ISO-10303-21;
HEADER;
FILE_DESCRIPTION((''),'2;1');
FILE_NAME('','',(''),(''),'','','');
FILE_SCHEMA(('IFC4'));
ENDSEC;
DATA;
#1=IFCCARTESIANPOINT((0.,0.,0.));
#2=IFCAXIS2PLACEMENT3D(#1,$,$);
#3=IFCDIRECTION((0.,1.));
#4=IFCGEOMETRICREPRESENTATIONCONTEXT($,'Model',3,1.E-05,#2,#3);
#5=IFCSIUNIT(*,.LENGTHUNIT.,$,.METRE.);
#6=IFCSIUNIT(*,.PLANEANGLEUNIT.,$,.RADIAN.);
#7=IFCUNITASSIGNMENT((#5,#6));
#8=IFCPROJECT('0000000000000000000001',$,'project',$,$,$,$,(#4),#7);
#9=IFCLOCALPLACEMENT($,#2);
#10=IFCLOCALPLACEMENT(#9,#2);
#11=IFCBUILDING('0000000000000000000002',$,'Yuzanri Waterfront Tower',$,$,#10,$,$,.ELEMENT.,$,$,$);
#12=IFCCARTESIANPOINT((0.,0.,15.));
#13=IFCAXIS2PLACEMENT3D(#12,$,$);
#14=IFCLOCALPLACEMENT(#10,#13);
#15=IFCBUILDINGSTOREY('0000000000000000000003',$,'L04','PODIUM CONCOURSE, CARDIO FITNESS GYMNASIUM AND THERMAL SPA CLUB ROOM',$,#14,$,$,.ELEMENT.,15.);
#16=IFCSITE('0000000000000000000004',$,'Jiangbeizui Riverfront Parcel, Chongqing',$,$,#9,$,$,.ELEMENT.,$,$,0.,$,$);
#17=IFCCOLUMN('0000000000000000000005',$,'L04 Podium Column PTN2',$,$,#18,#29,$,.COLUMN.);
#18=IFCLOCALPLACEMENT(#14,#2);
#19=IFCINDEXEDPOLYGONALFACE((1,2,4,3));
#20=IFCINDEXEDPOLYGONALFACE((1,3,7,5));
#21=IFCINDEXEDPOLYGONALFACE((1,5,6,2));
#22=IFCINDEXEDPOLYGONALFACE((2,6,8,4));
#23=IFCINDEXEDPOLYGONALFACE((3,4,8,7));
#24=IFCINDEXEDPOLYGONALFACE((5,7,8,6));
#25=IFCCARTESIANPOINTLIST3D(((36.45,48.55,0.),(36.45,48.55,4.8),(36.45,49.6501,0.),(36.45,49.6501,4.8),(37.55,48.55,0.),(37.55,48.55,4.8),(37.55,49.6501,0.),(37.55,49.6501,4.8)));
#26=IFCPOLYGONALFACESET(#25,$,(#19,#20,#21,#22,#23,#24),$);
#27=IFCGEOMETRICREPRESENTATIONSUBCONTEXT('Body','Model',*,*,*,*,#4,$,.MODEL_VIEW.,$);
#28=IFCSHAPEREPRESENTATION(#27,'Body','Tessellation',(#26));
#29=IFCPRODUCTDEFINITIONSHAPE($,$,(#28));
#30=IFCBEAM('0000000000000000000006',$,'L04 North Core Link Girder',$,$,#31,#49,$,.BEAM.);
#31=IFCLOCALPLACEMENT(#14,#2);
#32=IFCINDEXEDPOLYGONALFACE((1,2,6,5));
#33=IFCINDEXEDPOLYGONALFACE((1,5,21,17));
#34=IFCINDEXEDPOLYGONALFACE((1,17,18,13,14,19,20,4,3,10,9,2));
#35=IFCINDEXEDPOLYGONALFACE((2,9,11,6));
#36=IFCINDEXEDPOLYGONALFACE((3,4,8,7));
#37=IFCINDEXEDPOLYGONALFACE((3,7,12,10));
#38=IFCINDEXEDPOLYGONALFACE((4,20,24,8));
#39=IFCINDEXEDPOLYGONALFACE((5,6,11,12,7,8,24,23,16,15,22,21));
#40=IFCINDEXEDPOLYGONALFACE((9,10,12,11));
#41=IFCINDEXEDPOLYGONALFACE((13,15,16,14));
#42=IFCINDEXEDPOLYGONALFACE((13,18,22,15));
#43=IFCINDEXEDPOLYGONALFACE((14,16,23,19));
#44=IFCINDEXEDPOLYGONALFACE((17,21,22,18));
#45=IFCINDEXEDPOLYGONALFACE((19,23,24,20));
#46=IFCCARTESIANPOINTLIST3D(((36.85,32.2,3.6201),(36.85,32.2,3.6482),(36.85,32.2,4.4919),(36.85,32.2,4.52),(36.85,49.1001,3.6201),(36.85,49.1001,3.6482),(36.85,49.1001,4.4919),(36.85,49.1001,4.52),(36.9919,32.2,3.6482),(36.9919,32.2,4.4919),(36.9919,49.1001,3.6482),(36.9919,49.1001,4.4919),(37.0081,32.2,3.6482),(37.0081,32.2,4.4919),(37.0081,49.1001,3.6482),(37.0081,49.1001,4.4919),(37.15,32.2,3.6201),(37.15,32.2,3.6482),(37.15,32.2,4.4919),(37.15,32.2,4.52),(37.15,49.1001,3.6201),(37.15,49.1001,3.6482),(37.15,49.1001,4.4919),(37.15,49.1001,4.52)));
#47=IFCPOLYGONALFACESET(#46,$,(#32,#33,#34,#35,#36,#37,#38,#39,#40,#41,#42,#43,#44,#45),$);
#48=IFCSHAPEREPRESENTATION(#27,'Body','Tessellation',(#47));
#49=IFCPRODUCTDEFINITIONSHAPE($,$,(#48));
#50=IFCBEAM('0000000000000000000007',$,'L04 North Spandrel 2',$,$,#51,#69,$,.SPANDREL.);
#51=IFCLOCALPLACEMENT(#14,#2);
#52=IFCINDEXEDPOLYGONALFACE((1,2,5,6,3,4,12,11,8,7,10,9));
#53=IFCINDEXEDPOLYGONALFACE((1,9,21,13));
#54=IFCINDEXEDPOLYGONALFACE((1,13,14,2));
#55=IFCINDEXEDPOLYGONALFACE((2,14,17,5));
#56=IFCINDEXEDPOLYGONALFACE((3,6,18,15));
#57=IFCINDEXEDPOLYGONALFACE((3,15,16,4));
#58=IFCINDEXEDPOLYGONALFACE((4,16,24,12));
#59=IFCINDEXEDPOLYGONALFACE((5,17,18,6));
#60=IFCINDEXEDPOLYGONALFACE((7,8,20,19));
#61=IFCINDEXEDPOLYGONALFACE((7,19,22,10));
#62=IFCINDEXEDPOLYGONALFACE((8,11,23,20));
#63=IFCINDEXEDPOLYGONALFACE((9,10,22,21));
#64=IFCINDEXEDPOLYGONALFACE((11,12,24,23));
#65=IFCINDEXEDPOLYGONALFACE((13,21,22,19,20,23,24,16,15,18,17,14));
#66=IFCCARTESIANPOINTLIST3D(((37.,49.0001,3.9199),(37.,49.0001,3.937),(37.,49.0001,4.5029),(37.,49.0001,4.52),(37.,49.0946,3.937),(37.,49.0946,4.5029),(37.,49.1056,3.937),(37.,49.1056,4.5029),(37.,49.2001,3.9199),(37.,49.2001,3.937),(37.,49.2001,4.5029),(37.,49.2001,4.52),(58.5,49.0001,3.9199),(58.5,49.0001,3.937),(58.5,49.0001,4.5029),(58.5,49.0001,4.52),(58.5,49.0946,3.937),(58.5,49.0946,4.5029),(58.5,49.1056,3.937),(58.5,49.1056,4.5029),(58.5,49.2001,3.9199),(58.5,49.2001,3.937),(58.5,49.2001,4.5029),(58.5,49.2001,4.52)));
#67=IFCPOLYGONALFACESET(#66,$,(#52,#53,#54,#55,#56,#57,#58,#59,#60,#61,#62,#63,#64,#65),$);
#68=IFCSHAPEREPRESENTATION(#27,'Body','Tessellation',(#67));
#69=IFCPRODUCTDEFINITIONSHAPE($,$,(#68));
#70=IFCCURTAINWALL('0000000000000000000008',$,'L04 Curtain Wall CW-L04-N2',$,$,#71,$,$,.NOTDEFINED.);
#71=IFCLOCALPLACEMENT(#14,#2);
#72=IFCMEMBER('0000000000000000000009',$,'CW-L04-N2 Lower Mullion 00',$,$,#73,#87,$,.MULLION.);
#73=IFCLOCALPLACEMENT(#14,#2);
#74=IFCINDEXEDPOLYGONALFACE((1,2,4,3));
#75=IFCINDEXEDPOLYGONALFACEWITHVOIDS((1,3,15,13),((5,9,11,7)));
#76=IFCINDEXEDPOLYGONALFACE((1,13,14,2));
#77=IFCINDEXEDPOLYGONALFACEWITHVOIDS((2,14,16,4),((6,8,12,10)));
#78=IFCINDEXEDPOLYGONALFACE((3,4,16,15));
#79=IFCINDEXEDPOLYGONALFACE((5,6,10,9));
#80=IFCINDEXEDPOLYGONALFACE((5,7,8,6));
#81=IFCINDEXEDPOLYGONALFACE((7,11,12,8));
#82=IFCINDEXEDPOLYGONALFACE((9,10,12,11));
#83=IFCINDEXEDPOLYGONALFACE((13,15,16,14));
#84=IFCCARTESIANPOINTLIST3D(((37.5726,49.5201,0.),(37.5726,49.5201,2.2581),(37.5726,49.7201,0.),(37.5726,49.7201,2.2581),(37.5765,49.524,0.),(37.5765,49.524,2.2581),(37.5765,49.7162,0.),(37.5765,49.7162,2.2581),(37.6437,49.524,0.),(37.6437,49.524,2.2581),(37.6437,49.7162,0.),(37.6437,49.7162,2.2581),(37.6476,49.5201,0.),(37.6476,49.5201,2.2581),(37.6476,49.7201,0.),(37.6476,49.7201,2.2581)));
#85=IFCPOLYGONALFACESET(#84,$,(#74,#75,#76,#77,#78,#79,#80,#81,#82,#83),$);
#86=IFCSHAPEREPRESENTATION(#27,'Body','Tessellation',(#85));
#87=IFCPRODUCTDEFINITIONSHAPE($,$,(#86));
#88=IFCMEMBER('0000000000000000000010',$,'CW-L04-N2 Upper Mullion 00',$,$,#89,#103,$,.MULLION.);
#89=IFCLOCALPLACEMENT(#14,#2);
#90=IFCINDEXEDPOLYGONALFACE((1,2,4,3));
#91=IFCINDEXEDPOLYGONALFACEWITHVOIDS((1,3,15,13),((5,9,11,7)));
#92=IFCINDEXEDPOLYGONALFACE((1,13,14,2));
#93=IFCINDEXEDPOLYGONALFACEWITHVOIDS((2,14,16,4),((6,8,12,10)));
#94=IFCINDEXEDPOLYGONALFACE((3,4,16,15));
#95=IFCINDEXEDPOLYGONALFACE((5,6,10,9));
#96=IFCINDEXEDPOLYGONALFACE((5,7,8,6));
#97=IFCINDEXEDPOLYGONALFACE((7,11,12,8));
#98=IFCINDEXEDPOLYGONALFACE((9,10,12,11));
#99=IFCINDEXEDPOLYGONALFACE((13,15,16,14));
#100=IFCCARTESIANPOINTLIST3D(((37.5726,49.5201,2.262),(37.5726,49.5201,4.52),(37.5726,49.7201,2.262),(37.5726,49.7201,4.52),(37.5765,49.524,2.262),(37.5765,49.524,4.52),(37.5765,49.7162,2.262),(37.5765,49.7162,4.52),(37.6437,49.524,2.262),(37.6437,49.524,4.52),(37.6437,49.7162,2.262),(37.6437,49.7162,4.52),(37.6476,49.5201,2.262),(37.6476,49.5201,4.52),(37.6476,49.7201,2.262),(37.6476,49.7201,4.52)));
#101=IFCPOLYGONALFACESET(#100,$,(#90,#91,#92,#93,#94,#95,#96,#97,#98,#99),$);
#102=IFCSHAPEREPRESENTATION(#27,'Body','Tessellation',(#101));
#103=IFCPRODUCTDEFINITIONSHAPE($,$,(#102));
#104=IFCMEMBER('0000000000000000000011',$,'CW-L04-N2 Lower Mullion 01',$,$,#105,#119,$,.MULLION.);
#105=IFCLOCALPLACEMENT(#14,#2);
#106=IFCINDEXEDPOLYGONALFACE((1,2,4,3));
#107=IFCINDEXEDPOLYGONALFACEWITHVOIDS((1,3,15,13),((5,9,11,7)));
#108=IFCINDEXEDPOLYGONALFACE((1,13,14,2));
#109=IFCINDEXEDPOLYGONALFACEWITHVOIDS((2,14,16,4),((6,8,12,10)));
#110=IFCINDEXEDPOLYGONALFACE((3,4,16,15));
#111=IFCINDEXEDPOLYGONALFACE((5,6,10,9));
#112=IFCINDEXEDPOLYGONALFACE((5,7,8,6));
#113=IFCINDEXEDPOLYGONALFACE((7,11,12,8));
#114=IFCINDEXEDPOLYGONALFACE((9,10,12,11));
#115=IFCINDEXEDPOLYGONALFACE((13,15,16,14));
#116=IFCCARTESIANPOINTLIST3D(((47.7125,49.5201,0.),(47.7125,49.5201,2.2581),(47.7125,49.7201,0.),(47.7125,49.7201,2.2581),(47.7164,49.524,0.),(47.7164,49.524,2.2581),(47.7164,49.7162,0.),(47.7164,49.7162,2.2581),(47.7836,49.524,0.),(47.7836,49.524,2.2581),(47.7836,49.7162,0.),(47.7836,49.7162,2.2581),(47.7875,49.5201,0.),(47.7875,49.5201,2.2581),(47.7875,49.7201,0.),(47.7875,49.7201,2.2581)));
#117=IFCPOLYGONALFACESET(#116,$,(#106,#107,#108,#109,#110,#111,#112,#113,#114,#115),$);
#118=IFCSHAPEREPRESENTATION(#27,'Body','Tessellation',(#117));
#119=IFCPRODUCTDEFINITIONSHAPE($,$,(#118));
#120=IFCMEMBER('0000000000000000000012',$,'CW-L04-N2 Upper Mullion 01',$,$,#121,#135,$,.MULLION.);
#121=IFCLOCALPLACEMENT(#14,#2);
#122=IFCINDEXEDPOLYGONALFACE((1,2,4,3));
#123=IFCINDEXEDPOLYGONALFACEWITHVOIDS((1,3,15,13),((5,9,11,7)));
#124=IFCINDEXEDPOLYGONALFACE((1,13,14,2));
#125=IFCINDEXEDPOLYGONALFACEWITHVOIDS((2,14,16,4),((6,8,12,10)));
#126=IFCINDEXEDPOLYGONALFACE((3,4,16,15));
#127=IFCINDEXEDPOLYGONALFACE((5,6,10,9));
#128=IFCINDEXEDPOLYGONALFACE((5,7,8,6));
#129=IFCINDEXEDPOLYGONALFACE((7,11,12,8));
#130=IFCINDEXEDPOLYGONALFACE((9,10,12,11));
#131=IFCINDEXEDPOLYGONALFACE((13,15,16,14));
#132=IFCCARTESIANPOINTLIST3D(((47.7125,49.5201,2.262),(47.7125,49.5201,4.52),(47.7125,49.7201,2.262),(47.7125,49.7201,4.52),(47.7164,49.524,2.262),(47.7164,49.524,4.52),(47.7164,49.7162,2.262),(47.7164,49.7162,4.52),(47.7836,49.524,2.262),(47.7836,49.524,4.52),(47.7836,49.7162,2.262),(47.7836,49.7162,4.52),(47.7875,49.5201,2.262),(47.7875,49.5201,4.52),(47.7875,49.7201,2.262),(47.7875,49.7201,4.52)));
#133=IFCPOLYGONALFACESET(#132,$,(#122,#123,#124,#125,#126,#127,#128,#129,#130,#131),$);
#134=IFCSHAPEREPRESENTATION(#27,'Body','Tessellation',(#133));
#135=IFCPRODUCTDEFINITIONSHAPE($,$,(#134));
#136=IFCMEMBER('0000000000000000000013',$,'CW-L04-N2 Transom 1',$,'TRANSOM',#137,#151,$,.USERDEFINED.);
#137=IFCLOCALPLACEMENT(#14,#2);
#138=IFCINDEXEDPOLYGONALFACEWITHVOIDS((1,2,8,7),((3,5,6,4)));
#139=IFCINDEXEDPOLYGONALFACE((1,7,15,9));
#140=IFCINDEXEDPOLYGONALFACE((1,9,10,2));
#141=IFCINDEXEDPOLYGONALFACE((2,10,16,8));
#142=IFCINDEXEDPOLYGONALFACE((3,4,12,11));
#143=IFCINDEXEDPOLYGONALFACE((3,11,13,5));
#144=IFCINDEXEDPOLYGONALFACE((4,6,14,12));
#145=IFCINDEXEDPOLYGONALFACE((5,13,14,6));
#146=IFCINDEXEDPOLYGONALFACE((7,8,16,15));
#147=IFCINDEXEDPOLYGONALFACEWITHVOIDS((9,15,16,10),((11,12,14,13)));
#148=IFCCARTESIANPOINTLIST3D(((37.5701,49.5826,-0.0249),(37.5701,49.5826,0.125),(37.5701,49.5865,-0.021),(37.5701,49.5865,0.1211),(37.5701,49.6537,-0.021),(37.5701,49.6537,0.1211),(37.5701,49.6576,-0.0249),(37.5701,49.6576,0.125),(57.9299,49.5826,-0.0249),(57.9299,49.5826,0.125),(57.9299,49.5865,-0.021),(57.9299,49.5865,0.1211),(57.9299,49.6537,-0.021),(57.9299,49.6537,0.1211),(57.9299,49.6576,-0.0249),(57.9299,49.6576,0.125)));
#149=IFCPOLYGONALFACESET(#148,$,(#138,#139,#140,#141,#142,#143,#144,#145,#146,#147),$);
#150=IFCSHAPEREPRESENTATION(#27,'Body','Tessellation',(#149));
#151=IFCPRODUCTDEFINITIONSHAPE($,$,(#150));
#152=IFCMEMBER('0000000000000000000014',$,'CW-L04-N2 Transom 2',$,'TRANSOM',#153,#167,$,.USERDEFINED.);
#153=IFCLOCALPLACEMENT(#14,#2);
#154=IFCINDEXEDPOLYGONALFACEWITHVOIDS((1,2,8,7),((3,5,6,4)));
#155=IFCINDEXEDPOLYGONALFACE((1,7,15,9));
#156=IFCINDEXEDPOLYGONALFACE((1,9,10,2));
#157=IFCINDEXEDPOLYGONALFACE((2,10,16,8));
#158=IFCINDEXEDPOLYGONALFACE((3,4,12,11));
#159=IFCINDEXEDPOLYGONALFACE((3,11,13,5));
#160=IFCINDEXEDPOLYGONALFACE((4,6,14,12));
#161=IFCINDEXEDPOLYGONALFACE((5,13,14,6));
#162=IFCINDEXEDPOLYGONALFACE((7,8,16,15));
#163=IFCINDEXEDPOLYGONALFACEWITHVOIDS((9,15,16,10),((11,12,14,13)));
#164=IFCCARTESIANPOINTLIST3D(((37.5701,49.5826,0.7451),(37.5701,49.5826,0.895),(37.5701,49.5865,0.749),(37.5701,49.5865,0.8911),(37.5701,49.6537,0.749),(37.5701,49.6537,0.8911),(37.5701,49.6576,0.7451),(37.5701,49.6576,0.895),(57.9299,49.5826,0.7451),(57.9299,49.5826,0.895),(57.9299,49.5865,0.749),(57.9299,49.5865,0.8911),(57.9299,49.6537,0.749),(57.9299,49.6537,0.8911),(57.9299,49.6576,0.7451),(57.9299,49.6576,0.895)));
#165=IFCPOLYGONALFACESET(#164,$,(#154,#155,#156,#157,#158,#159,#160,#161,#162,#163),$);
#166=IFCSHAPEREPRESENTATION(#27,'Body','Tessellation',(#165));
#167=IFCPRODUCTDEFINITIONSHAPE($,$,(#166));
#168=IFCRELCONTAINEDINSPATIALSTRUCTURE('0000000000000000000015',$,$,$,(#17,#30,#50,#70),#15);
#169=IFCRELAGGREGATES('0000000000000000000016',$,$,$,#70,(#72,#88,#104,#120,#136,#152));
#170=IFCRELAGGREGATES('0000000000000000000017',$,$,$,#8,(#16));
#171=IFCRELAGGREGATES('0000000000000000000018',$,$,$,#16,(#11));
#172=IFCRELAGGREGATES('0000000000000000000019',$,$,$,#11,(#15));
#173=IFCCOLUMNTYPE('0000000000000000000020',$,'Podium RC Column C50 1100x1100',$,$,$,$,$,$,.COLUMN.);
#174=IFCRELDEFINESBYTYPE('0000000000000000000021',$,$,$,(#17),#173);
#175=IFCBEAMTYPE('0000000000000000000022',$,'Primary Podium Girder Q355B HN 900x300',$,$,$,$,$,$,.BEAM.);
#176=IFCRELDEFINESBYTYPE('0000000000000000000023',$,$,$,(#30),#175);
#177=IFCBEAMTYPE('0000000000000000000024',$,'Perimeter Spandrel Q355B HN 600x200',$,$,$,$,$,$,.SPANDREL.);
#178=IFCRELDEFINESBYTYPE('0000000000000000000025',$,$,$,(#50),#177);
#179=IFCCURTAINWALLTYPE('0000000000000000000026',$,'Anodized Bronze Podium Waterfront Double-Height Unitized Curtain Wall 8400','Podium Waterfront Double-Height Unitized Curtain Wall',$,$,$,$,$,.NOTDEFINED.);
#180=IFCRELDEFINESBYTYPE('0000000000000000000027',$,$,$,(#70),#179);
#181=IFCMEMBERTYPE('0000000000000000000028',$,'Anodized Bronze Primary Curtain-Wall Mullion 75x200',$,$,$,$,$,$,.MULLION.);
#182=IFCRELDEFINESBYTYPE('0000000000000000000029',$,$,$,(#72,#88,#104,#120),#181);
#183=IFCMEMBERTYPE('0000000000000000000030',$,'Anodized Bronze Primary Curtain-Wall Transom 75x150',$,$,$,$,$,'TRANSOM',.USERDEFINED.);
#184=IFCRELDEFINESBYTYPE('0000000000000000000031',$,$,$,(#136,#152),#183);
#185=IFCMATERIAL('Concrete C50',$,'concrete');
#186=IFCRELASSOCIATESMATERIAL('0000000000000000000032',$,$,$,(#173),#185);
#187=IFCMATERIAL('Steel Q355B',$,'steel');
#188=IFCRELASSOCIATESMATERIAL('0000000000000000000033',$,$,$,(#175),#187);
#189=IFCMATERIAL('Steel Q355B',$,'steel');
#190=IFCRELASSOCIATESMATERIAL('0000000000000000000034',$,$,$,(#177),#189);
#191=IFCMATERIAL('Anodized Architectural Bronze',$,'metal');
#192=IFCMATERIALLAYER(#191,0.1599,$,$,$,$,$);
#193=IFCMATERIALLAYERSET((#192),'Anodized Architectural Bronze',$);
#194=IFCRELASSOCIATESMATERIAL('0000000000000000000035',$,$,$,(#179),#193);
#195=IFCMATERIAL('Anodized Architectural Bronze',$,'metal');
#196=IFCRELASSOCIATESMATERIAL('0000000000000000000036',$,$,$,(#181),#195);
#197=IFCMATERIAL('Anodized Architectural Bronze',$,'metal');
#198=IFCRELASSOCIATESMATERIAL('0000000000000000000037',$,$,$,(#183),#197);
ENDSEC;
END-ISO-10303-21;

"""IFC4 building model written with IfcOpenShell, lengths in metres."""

from ifc_helpers import new_model, si_unit, direction, frame, origin, origin_2d, place, context, subcontext, project, spatial, rectangle, hollow_rectangle, i_section, extrude, source, transform, mapped, material, layer, layer_set, material_profile, profile_set, type_object, element, aggregate, save


model = new_model("IFC4")

# Units and contexts
model_context = context("Model", 3, precision=1e-05, world=origin(), true_north=direction((0.0, 1.0)))
body_context = subcontext(model_context, "Body", "Model", "MODEL_VIEW")
ifc_project = project(units=[si_unit("LENGTHUNIT", "METRE"), si_unit("PLANEANGLEUNIT", "RADIAN")], contexts=[model_context])

# Site, building, storey
site_placement = place(None, origin())
site = spatial("IfcSite", under=ifc_project, at=site_placement, Name="Jiangbeizui Riverfront Parcel, Chongqing", CompositionType="ELEMENT", RefElevation=0.0)
building_placement = place(site_placement, origin())
building = spatial("IfcBuilding", under=site, at=building_placement, Name="Yuzanri Waterfront Tower", CompositionType="ELEMENT")
storey_placement = place(building_placement, frame((0.0, 0.0, 15.0)))
storey = spatial("IfcBuildingStorey", under=building, at=storey_placement, Name="L04", Description="PODIUM CONCOURSE, CARDIO FITNESS GYMNASIUM AND THERMAL SPA CLUB ROOM", CompositionType="ELEMENT", Elevation=15.0)

# Column
ifc_material_1 = material(Name="Concrete C50", Category="concrete")
ifc_material_profile_1 = material_profile(ifc_material_1, rectangle(XDim=1.1001, YDim=1.1001, at=origin_2d()), Name="RC 1100x1100")
ifc_profile_set_1 = profile_set([ifc_material_profile_1], Name="Concrete C50")
column_type = type_object("IfcColumnType", Name="Podium RC Column C50 1100x1100", PredefinedType="COLUMN", material=ifc_profile_set_1)
shared_shape_1 = source(origin(), body_context, "Body", "SweptSolid", [
    extrude(rectangle(XDim=1.1001, YDim=1.1001, at=origin_2d()), origin(), (0.0, 0.0, 1.0), 4.8),
])
column_placement = place(storey_placement, frame((37.0, 49.1001, 0.0), z_axis=(0.0, 0.0, 1.0), x_axis=(1.0, 0.0, 0.0)))
element("IfcColumn", 1, at=column_placement, inside=storey, type_object=column_type, Name="L04 Podium Column PTN2", PredefinedType="COLUMN", context=body_context, shape_type="MappedRepresentation", body=[
    mapped(shared_shape_1, transform((0.0, 0.0, 0.0), scale=1.0)),
])

# Beams
ifc_material_2 = material(Name="Steel Q355B", Category="steel")
ifc_material_profile_2 = material_profile(ifc_material_2, i_section(OverallWidth=0.3, OverallDepth=0.8999, WebThickness=0.0161, FlangeThickness=0.0281, at=origin_2d()), Name="HN 900x300x16x28")
ifc_profile_set_2 = profile_set([ifc_material_profile_2], Name="Steel Q355B")
beam_type_1 = type_object("IfcBeamType", Name="Primary Podium Girder Q355B HN 900x300", PredefinedType="BEAM", material=ifc_profile_set_2)
shared_shape_2 = source(origin(), body_context, "Body", "SweptSolid", [
    extrude(i_section(OverallWidth=0.3, OverallDepth=0.8999, WebThickness=0.0161, FlangeThickness=0.0281, at=origin_2d()), origin(), (0.0, 0.0, 1.0), 16.9001),
])
beam_1_placement = place(storey_placement, frame((37.0, 32.2, 4.0701), z_axis=(0.0, 1.0, 0.0), x_axis=(-1.0, 0.0, 0.0)))
element("IfcBeam", 2, at=beam_1_placement, inside=storey, type_object=beam_type_1, Name="L04 North Core Link Girder", PredefinedType="BEAM", context=body_context, shape_type="MappedRepresentation", body=[
    mapped(shared_shape_2, transform((0.0, 0.0, 0.0), scale=1.0)),
])
ifc_material_3 = material(Name="Steel Q355B", Category="steel")
ifc_material_profile_3 = material_profile(ifc_material_3, i_section(OverallWidth=0.2, OverallDepth=0.6001, WebThickness=0.011, FlangeThickness=0.0171, at=origin_2d()), Name="HN 600x200x11x17")
ifc_profile_set_3 = profile_set([ifc_material_profile_3], Name="Steel Q355B")
beam_type_2 = type_object("IfcBeamType", Name="Perimeter Spandrel Q355B HN 600x200", PredefinedType="SPANDREL", material=ifc_profile_set_3)
shared_shape_3 = source(origin(), body_context, "Body", "SweptSolid", [
    extrude(i_section(OverallWidth=0.2, OverallDepth=0.6001, WebThickness=0.011, FlangeThickness=0.0171, at=origin_2d()), origin(), (0.0, 0.0, 1.0), 21.5),
])
beam_2_placement = place(storey_placement, frame((37.0, 49.1001, 4.22), z_axis=(1.0, 0.0, 0.0), x_axis=(0.0, 1.0, 0.0)))
element("IfcBeam", 3, at=beam_2_placement, inside=storey, type_object=beam_type_2, Name="L04 North Spandrel 2", PredefinedType="SPANDREL", context=body_context, shape_type="MappedRepresentation", body=[
    mapped(shared_shape_3, transform((0.0, 0.0, 0.0), scale=1.0)),
])

# Curtain wall, members
ifc_material_4 = material(Name="Anodized Architectural Bronze", Category="metal")
ifc_layer_1 = layer(ifc_material_4, 0.1599)
ifc_layer_set_1 = layer_set([ifc_layer_1], Name="Anodized Architectural Bronze")
curtain_wall_type = type_object("IfcCurtainWallType", Name="Anodized Bronze Podium Waterfront Double-Height Unitized Curtain Wall 8400", Description="Podium Waterfront Double-Height Unitized Curtain Wall", PredefinedType="NOTDEFINED", material=ifc_layer_set_1)
curtain_wall_placement = place(storey_placement, origin())
curtain_wall = element("IfcCurtainWall", 4, at=curtain_wall_placement, inside=storey, type_object=curtain_wall_type, Name="L04 Curtain Wall CW-L04-N2", PredefinedType="NOTDEFINED")
ifc_material_5 = material(Name="Anodized Architectural Bronze", Category="metal")
ifc_material_profile_4 = material_profile(ifc_material_5, hollow_rectangle(XDim=0.075, YDim=0.2, WallThickness=0.0039, at=origin_2d()), Name="CWM 75x200")
ifc_profile_set_4 = profile_set([ifc_material_profile_4], Name="Anodized Architectural Bronze")
member_type_1 = type_object("IfcMemberType", Name="Anodized Bronze Primary Curtain-Wall Mullion 75x200", PredefinedType="MULLION", material=ifc_profile_set_4)
shared_shape_4 = source(origin(), body_context, "Body", "SweptSolid", [
    extrude(hollow_rectangle(XDim=0.075, YDim=0.2, WallThickness=0.0039, at=origin_2d()), origin(), (0.0, 0.0, 1.0), 2.2581),
])
member_1_placement = place(storey_placement, frame((37.6101, 49.6201, 0.0), z_axis=(0.0, 0.0, 1.0), x_axis=(1.0, 0.0, 0.0)))
member_1 = element("IfcMember", 5, at=member_1_placement, type_object=member_type_1, Name="CW-L04-N2 Lower Mullion 00", PredefinedType="MULLION", context=body_context, shape_type="MappedRepresentation", body=[
    mapped(shared_shape_4, transform((0.0, 0.0, 0.0), scale=1.0)),
])
member_2_placement = place(storey_placement, frame((37.6101, 49.6201, 2.262), z_axis=(0.0, 0.0, 1.0), x_axis=(1.0, 0.0, 0.0)))
member_2 = element("IfcMember", 6, at=member_2_placement, type_object=member_type_1, Name="CW-L04-N2 Upper Mullion 00", PredefinedType="MULLION", context=body_context, shape_type="MappedRepresentation", body=[
    mapped(shared_shape_4, transform((0.0, 0.0, 0.0), scale=1.0)),
])
member_3_placement = place(storey_placement, frame((47.75, 49.6201, 0.0), z_axis=(0.0, 0.0, 1.0), x_axis=(1.0, 0.0, 0.0)))
member_3 = element("IfcMember", 7, at=member_3_placement, type_object=member_type_1, Name="CW-L04-N2 Lower Mullion 01", PredefinedType="MULLION", context=body_context, shape_type="MappedRepresentation", body=[
    mapped(shared_shape_4, transform((0.0, 0.0, 0.0), scale=1.0)),
])
member_4_placement = place(storey_placement, frame((47.75, 49.6201, 2.262), z_axis=(0.0, 0.0, 1.0), x_axis=(1.0, 0.0, 0.0)))
member_4 = element("IfcMember", 8, at=member_4_placement, type_object=member_type_1, Name="CW-L04-N2 Upper Mullion 01", PredefinedType="MULLION", context=body_context, shape_type="MappedRepresentation", body=[
    mapped(shared_shape_4, transform((0.0, 0.0, 0.0), scale=1.0)),
])
ifc_material_6 = material(Name="Anodized Architectural Bronze", Category="metal")
ifc_material_profile_5 = material_profile(ifc_material_6, hollow_rectangle(XDim=0.075, YDim=0.1499, WallThickness=0.0039, at=origin_2d()), Name="CWT 75x150")
ifc_profile_set_5 = profile_set([ifc_material_profile_5], Name="Anodized Architectural Bronze")
member_type_2 = type_object("IfcMemberType", Name="Anodized Bronze Primary Curtain-Wall Transom 75x150", ElementType="TRANSOM", PredefinedType="USERDEFINED", material=ifc_profile_set_5)
shared_shape_5 = source(origin(), body_context, "Body", "SweptSolid", [
    extrude(hollow_rectangle(XDim=0.075, YDim=0.1499, WallThickness=0.0039, at=origin_2d()), origin(), (0.0, 0.0, 1.0), 20.3599),
])
member_5_placement = place(storey_placement, frame((37.5701, 49.6201, 0.05), z_axis=(1.0, 0.0, 0.0), x_axis=(0.0, 1.0, 0.0)))
member_5 = element("IfcMember", 9, at=member_5_placement, type_object=member_type_2, Name="CW-L04-N2 Transom 1", ObjectType="TRANSOM", PredefinedType="USERDEFINED", context=body_context, shape_type="MappedRepresentation", body=[
    mapped(shared_shape_5, transform((0.0, 0.0, 0.0), scale=1.0)),
])
member_6_placement = place(storey_placement, frame((37.5701, 49.6201, 0.8201), z_axis=(1.0, 0.0, 0.0), x_axis=(0.0, 1.0, 0.0)))
member_6 = element("IfcMember", 10, at=member_6_placement, type_object=member_type_2, Name="CW-L04-N2 Transom 2", ObjectType="TRANSOM", PredefinedType="USERDEFINED", context=body_context, shape_type="MappedRepresentation", body=[
    mapped(shared_shape_5, transform((0.0, 0.0, 0.0), scale=1.0)),
])
aggregate(curtain_wall, [member_1, member_2, member_3, member_4, member_5, member_6])

save(model, "model.ifc")
